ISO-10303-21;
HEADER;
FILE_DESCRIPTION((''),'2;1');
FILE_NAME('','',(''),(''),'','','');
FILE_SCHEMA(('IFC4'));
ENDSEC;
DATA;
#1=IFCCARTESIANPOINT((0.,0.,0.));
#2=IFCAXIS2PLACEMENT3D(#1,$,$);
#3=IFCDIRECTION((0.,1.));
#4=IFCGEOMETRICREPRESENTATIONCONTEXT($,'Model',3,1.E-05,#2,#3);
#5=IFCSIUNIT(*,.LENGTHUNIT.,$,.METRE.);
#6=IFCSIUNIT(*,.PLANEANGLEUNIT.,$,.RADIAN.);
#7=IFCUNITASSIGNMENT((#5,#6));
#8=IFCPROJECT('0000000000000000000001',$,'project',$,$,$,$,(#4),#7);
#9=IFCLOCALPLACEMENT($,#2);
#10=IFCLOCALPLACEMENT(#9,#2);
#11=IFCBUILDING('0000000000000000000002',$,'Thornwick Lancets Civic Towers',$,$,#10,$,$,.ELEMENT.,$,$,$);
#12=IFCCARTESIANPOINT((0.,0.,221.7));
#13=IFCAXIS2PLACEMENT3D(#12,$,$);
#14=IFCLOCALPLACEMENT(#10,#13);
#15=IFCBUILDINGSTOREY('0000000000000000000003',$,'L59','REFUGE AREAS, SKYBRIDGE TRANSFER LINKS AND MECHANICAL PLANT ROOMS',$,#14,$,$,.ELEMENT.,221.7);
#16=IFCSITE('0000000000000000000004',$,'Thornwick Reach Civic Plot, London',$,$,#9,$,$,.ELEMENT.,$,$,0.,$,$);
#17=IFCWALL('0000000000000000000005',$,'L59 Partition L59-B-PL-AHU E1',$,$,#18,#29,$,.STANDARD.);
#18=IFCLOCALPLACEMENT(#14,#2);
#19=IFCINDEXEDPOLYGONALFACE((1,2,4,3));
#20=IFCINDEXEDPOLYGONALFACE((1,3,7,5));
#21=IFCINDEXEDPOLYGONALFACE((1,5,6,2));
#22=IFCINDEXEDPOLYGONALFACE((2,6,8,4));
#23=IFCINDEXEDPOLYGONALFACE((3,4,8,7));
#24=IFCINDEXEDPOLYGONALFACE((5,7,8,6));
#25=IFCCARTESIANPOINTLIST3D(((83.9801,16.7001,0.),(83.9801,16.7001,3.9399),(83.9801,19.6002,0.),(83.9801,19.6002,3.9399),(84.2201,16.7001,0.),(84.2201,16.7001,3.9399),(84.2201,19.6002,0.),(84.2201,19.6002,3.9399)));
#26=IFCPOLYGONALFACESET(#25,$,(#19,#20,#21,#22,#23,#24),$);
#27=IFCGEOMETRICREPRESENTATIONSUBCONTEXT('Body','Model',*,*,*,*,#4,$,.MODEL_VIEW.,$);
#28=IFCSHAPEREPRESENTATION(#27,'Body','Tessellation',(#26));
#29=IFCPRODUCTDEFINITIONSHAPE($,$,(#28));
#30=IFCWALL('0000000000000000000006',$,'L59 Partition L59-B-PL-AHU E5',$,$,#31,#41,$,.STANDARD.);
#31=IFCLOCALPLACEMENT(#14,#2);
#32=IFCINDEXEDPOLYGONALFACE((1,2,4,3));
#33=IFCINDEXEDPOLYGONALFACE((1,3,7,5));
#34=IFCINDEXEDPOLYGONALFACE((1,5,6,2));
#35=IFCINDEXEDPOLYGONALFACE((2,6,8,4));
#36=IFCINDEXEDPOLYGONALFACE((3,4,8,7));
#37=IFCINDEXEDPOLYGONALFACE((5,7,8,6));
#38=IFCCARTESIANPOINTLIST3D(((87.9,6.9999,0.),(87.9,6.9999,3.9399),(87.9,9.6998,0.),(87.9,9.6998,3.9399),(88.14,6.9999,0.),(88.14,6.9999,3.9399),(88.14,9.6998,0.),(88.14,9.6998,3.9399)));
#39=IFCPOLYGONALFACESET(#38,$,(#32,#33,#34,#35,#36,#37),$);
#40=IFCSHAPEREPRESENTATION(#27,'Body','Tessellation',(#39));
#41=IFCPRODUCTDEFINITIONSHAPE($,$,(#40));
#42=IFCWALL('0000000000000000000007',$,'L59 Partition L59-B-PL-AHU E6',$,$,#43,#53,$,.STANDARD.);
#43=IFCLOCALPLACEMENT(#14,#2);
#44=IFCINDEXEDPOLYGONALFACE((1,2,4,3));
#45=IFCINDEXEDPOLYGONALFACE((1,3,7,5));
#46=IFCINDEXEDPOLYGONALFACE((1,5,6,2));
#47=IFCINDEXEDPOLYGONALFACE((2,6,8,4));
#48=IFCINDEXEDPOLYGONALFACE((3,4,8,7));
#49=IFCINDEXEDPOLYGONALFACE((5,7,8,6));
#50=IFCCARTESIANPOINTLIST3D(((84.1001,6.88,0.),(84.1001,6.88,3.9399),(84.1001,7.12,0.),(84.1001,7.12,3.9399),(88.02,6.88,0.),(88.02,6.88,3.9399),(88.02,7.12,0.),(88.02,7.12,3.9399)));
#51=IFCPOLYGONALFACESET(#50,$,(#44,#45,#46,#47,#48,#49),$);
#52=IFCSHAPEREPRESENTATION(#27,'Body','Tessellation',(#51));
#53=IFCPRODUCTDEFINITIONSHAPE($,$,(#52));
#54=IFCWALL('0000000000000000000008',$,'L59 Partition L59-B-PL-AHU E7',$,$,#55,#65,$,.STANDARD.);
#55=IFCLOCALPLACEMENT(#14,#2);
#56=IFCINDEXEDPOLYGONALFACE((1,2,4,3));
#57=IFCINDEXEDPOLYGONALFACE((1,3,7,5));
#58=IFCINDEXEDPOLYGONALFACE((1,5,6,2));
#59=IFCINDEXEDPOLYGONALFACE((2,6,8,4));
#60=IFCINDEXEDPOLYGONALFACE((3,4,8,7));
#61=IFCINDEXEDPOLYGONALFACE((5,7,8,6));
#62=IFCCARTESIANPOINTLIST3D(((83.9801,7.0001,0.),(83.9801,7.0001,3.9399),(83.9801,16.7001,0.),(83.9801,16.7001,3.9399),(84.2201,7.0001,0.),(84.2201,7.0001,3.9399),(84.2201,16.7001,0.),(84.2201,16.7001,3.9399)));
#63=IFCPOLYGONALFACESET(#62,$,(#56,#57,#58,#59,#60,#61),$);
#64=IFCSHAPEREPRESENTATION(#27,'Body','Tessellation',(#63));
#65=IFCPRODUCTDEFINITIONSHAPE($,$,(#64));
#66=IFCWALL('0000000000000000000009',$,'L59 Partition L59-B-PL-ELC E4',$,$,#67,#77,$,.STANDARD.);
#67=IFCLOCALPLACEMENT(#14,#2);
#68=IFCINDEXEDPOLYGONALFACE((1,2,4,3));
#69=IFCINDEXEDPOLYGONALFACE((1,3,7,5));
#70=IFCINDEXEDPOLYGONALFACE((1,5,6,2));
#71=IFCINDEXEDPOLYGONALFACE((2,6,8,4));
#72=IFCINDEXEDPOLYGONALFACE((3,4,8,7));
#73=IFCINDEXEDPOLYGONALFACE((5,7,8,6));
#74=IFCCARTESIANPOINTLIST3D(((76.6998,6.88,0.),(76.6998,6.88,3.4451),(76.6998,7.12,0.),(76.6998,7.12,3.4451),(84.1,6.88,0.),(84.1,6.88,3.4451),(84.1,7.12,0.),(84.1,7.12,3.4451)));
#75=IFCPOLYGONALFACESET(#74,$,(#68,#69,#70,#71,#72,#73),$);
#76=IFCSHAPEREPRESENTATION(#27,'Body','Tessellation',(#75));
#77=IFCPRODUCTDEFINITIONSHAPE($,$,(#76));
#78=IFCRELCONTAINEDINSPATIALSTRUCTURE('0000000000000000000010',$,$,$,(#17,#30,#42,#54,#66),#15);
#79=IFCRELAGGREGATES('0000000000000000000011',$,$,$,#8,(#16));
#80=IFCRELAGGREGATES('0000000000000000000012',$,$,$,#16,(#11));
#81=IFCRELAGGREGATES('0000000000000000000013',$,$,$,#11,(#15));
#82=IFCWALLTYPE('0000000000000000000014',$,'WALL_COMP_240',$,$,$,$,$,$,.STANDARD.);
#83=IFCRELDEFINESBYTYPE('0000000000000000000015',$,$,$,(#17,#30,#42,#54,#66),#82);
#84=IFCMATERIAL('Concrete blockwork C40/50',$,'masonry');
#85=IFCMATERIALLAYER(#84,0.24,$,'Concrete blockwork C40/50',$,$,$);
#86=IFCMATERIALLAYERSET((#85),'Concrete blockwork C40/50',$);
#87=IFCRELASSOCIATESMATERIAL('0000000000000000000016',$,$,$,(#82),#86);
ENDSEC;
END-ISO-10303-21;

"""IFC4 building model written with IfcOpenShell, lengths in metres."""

from ifc_helpers import new_model, si_unit, direction, frame, frame_2d, origin, place, context, subcontext, project, spatial, rectangle, extrude, material, layer, layer_set, type_object, element, save


model = new_model("IFC4")

# Units and contexts
model_context = context("Model", 3, precision=1e-05, world=origin(), true_north=direction((0.0, 1.0)))
body_context = subcontext(model_context, "Body", "Model", "MODEL_VIEW")
ifc_project = project(units=[si_unit("LENGTHUNIT", "METRE"), si_unit("PLANEANGLEUNIT", "RADIAN")], contexts=[model_context])

# Site, building, storey
site_placement = place(None, origin())
site = spatial("IfcSite", under=ifc_project, at=site_placement, Name="Thornwick Reach Civic Plot, London", CompositionType="ELEMENT", RefElevation=0.0)
building_placement = place(site_placement, origin())
building = spatial("IfcBuilding", under=site, at=building_placement, Name="Thornwick Lancets Civic Towers", CompositionType="ELEMENT")
storey_placement = place(building_placement, frame((0.0, 0.0, 221.7)))
storey = spatial("IfcBuildingStorey", under=building, at=storey_placement, Name="L59", Description="REFUGE AREAS, SKYBRIDGE TRANSFER LINKS AND MECHANICAL PLANT ROOMS", CompositionType="ELEMENT", Elevation=221.7)

# Walls
ifc_material_1 = material(Name="Concrete blockwork C40/50", Category="masonry")
ifc_layer_1 = layer(ifc_material_1, 0.24, Name="Concrete blockwork C40/50")
ifc_layer_set_1 = layer_set([ifc_layer_1], Name="Concrete blockwork C40/50")
wall_type_1 = type_object("IfcWallType", Name="WALL_COMP_240", PredefinedType="STANDARD", material=ifc_layer_set_1)
wall_1_placement = place(storey_placement, frame((84.1001, 16.7, 0.0), z_axis=(0.0, 0.0, 1.0), x_axis=(0.0, 1.0, 0.0)))
element("IfcWall", 1, at=wall_1_placement, inside=storey, type_object=wall_type_1, Name="L59 Partition L59-B-PL-AHU E1", PredefinedType="STANDARD", context=body_context, shape_type="SweptSolid", body=[
    extrude(rectangle(XDim=2.9001, YDim=0.24, at=frame_2d((1.4502, 0.0))), origin(), (0.0, 0.0, 1.0), 3.9399),
])
wall_2_placement = place(storey_placement, frame((88.02, 9.7, 0.0), z_axis=(0.0, 0.0, 1.0), x_axis=(0.0, -1.0, 0.0)))
element("IfcWall", 2, at=wall_2_placement, inside=storey, type_object=wall_type_1, Name="L59 Partition L59-B-PL-AHU E5", PredefinedType="STANDARD", context=body_context, shape_type="SweptSolid", body=[
    extrude(rectangle(XDim=2.7, YDim=0.24, at=frame_2d((1.3501, 0.0))), origin(), (0.0, 0.0, 1.0), 3.9399),
])
wall_3_placement = place(storey_placement, frame((88.02, 7.0, 0.0), z_axis=(0.0, 0.0, 1.0), x_axis=(-1.0, 0.0, 0.0)))
element("IfcWall", 3, at=wall_3_placement, inside=storey, type_object=wall_type_1, Name="L59 Partition L59-B-PL-AHU E6", PredefinedType="STANDARD", context=body_context, shape_type="SweptSolid", body=[
    extrude(rectangle(XDim=3.9199, YDim=0.24, at=frame_2d((1.96, 0.0))), origin(), (0.0, 0.0, 1.0), 3.9399),
])
wall_4_placement = place(storey_placement, frame((84.1001, 7.0, 0.0), z_axis=(0.0, 0.0, 1.0), x_axis=(0.0, 1.0, 0.0)))
element("IfcWall", 4, at=wall_4_placement, inside=storey, type_object=wall_type_1, Name="L59 Partition L59-B-PL-AHU E7", PredefinedType="STANDARD", context=body_context, shape_type="SweptSolid", body=[
    extrude(rectangle(XDim=9.7, YDim=0.24, at=frame_2d((4.8501, 0.0))), origin(), (0.0, 0.0, 1.0), 3.9399),
])
wall_5_placement = place(storey_placement, frame((84.1001, 7.0, 0.0), z_axis=(0.0, 0.0, 1.0), x_axis=(-1.0, 0.0, 0.0)))
element("IfcWall", 5, at=wall_5_placement, inside=storey, type_object=wall_type_1, Name="L59 Partition L59-B-PL-ELC E4", PredefinedType="STANDARD", context=body_context, shape_type="SweptSolid", body=[
    extrude(rectangle(XDim=7.4001, YDim=0.24, at=frame_2d((3.7002, 0.0))), origin(), (0.0, 0.0, 1.0), 3.4451),
])

save(model, "model.ifc")
